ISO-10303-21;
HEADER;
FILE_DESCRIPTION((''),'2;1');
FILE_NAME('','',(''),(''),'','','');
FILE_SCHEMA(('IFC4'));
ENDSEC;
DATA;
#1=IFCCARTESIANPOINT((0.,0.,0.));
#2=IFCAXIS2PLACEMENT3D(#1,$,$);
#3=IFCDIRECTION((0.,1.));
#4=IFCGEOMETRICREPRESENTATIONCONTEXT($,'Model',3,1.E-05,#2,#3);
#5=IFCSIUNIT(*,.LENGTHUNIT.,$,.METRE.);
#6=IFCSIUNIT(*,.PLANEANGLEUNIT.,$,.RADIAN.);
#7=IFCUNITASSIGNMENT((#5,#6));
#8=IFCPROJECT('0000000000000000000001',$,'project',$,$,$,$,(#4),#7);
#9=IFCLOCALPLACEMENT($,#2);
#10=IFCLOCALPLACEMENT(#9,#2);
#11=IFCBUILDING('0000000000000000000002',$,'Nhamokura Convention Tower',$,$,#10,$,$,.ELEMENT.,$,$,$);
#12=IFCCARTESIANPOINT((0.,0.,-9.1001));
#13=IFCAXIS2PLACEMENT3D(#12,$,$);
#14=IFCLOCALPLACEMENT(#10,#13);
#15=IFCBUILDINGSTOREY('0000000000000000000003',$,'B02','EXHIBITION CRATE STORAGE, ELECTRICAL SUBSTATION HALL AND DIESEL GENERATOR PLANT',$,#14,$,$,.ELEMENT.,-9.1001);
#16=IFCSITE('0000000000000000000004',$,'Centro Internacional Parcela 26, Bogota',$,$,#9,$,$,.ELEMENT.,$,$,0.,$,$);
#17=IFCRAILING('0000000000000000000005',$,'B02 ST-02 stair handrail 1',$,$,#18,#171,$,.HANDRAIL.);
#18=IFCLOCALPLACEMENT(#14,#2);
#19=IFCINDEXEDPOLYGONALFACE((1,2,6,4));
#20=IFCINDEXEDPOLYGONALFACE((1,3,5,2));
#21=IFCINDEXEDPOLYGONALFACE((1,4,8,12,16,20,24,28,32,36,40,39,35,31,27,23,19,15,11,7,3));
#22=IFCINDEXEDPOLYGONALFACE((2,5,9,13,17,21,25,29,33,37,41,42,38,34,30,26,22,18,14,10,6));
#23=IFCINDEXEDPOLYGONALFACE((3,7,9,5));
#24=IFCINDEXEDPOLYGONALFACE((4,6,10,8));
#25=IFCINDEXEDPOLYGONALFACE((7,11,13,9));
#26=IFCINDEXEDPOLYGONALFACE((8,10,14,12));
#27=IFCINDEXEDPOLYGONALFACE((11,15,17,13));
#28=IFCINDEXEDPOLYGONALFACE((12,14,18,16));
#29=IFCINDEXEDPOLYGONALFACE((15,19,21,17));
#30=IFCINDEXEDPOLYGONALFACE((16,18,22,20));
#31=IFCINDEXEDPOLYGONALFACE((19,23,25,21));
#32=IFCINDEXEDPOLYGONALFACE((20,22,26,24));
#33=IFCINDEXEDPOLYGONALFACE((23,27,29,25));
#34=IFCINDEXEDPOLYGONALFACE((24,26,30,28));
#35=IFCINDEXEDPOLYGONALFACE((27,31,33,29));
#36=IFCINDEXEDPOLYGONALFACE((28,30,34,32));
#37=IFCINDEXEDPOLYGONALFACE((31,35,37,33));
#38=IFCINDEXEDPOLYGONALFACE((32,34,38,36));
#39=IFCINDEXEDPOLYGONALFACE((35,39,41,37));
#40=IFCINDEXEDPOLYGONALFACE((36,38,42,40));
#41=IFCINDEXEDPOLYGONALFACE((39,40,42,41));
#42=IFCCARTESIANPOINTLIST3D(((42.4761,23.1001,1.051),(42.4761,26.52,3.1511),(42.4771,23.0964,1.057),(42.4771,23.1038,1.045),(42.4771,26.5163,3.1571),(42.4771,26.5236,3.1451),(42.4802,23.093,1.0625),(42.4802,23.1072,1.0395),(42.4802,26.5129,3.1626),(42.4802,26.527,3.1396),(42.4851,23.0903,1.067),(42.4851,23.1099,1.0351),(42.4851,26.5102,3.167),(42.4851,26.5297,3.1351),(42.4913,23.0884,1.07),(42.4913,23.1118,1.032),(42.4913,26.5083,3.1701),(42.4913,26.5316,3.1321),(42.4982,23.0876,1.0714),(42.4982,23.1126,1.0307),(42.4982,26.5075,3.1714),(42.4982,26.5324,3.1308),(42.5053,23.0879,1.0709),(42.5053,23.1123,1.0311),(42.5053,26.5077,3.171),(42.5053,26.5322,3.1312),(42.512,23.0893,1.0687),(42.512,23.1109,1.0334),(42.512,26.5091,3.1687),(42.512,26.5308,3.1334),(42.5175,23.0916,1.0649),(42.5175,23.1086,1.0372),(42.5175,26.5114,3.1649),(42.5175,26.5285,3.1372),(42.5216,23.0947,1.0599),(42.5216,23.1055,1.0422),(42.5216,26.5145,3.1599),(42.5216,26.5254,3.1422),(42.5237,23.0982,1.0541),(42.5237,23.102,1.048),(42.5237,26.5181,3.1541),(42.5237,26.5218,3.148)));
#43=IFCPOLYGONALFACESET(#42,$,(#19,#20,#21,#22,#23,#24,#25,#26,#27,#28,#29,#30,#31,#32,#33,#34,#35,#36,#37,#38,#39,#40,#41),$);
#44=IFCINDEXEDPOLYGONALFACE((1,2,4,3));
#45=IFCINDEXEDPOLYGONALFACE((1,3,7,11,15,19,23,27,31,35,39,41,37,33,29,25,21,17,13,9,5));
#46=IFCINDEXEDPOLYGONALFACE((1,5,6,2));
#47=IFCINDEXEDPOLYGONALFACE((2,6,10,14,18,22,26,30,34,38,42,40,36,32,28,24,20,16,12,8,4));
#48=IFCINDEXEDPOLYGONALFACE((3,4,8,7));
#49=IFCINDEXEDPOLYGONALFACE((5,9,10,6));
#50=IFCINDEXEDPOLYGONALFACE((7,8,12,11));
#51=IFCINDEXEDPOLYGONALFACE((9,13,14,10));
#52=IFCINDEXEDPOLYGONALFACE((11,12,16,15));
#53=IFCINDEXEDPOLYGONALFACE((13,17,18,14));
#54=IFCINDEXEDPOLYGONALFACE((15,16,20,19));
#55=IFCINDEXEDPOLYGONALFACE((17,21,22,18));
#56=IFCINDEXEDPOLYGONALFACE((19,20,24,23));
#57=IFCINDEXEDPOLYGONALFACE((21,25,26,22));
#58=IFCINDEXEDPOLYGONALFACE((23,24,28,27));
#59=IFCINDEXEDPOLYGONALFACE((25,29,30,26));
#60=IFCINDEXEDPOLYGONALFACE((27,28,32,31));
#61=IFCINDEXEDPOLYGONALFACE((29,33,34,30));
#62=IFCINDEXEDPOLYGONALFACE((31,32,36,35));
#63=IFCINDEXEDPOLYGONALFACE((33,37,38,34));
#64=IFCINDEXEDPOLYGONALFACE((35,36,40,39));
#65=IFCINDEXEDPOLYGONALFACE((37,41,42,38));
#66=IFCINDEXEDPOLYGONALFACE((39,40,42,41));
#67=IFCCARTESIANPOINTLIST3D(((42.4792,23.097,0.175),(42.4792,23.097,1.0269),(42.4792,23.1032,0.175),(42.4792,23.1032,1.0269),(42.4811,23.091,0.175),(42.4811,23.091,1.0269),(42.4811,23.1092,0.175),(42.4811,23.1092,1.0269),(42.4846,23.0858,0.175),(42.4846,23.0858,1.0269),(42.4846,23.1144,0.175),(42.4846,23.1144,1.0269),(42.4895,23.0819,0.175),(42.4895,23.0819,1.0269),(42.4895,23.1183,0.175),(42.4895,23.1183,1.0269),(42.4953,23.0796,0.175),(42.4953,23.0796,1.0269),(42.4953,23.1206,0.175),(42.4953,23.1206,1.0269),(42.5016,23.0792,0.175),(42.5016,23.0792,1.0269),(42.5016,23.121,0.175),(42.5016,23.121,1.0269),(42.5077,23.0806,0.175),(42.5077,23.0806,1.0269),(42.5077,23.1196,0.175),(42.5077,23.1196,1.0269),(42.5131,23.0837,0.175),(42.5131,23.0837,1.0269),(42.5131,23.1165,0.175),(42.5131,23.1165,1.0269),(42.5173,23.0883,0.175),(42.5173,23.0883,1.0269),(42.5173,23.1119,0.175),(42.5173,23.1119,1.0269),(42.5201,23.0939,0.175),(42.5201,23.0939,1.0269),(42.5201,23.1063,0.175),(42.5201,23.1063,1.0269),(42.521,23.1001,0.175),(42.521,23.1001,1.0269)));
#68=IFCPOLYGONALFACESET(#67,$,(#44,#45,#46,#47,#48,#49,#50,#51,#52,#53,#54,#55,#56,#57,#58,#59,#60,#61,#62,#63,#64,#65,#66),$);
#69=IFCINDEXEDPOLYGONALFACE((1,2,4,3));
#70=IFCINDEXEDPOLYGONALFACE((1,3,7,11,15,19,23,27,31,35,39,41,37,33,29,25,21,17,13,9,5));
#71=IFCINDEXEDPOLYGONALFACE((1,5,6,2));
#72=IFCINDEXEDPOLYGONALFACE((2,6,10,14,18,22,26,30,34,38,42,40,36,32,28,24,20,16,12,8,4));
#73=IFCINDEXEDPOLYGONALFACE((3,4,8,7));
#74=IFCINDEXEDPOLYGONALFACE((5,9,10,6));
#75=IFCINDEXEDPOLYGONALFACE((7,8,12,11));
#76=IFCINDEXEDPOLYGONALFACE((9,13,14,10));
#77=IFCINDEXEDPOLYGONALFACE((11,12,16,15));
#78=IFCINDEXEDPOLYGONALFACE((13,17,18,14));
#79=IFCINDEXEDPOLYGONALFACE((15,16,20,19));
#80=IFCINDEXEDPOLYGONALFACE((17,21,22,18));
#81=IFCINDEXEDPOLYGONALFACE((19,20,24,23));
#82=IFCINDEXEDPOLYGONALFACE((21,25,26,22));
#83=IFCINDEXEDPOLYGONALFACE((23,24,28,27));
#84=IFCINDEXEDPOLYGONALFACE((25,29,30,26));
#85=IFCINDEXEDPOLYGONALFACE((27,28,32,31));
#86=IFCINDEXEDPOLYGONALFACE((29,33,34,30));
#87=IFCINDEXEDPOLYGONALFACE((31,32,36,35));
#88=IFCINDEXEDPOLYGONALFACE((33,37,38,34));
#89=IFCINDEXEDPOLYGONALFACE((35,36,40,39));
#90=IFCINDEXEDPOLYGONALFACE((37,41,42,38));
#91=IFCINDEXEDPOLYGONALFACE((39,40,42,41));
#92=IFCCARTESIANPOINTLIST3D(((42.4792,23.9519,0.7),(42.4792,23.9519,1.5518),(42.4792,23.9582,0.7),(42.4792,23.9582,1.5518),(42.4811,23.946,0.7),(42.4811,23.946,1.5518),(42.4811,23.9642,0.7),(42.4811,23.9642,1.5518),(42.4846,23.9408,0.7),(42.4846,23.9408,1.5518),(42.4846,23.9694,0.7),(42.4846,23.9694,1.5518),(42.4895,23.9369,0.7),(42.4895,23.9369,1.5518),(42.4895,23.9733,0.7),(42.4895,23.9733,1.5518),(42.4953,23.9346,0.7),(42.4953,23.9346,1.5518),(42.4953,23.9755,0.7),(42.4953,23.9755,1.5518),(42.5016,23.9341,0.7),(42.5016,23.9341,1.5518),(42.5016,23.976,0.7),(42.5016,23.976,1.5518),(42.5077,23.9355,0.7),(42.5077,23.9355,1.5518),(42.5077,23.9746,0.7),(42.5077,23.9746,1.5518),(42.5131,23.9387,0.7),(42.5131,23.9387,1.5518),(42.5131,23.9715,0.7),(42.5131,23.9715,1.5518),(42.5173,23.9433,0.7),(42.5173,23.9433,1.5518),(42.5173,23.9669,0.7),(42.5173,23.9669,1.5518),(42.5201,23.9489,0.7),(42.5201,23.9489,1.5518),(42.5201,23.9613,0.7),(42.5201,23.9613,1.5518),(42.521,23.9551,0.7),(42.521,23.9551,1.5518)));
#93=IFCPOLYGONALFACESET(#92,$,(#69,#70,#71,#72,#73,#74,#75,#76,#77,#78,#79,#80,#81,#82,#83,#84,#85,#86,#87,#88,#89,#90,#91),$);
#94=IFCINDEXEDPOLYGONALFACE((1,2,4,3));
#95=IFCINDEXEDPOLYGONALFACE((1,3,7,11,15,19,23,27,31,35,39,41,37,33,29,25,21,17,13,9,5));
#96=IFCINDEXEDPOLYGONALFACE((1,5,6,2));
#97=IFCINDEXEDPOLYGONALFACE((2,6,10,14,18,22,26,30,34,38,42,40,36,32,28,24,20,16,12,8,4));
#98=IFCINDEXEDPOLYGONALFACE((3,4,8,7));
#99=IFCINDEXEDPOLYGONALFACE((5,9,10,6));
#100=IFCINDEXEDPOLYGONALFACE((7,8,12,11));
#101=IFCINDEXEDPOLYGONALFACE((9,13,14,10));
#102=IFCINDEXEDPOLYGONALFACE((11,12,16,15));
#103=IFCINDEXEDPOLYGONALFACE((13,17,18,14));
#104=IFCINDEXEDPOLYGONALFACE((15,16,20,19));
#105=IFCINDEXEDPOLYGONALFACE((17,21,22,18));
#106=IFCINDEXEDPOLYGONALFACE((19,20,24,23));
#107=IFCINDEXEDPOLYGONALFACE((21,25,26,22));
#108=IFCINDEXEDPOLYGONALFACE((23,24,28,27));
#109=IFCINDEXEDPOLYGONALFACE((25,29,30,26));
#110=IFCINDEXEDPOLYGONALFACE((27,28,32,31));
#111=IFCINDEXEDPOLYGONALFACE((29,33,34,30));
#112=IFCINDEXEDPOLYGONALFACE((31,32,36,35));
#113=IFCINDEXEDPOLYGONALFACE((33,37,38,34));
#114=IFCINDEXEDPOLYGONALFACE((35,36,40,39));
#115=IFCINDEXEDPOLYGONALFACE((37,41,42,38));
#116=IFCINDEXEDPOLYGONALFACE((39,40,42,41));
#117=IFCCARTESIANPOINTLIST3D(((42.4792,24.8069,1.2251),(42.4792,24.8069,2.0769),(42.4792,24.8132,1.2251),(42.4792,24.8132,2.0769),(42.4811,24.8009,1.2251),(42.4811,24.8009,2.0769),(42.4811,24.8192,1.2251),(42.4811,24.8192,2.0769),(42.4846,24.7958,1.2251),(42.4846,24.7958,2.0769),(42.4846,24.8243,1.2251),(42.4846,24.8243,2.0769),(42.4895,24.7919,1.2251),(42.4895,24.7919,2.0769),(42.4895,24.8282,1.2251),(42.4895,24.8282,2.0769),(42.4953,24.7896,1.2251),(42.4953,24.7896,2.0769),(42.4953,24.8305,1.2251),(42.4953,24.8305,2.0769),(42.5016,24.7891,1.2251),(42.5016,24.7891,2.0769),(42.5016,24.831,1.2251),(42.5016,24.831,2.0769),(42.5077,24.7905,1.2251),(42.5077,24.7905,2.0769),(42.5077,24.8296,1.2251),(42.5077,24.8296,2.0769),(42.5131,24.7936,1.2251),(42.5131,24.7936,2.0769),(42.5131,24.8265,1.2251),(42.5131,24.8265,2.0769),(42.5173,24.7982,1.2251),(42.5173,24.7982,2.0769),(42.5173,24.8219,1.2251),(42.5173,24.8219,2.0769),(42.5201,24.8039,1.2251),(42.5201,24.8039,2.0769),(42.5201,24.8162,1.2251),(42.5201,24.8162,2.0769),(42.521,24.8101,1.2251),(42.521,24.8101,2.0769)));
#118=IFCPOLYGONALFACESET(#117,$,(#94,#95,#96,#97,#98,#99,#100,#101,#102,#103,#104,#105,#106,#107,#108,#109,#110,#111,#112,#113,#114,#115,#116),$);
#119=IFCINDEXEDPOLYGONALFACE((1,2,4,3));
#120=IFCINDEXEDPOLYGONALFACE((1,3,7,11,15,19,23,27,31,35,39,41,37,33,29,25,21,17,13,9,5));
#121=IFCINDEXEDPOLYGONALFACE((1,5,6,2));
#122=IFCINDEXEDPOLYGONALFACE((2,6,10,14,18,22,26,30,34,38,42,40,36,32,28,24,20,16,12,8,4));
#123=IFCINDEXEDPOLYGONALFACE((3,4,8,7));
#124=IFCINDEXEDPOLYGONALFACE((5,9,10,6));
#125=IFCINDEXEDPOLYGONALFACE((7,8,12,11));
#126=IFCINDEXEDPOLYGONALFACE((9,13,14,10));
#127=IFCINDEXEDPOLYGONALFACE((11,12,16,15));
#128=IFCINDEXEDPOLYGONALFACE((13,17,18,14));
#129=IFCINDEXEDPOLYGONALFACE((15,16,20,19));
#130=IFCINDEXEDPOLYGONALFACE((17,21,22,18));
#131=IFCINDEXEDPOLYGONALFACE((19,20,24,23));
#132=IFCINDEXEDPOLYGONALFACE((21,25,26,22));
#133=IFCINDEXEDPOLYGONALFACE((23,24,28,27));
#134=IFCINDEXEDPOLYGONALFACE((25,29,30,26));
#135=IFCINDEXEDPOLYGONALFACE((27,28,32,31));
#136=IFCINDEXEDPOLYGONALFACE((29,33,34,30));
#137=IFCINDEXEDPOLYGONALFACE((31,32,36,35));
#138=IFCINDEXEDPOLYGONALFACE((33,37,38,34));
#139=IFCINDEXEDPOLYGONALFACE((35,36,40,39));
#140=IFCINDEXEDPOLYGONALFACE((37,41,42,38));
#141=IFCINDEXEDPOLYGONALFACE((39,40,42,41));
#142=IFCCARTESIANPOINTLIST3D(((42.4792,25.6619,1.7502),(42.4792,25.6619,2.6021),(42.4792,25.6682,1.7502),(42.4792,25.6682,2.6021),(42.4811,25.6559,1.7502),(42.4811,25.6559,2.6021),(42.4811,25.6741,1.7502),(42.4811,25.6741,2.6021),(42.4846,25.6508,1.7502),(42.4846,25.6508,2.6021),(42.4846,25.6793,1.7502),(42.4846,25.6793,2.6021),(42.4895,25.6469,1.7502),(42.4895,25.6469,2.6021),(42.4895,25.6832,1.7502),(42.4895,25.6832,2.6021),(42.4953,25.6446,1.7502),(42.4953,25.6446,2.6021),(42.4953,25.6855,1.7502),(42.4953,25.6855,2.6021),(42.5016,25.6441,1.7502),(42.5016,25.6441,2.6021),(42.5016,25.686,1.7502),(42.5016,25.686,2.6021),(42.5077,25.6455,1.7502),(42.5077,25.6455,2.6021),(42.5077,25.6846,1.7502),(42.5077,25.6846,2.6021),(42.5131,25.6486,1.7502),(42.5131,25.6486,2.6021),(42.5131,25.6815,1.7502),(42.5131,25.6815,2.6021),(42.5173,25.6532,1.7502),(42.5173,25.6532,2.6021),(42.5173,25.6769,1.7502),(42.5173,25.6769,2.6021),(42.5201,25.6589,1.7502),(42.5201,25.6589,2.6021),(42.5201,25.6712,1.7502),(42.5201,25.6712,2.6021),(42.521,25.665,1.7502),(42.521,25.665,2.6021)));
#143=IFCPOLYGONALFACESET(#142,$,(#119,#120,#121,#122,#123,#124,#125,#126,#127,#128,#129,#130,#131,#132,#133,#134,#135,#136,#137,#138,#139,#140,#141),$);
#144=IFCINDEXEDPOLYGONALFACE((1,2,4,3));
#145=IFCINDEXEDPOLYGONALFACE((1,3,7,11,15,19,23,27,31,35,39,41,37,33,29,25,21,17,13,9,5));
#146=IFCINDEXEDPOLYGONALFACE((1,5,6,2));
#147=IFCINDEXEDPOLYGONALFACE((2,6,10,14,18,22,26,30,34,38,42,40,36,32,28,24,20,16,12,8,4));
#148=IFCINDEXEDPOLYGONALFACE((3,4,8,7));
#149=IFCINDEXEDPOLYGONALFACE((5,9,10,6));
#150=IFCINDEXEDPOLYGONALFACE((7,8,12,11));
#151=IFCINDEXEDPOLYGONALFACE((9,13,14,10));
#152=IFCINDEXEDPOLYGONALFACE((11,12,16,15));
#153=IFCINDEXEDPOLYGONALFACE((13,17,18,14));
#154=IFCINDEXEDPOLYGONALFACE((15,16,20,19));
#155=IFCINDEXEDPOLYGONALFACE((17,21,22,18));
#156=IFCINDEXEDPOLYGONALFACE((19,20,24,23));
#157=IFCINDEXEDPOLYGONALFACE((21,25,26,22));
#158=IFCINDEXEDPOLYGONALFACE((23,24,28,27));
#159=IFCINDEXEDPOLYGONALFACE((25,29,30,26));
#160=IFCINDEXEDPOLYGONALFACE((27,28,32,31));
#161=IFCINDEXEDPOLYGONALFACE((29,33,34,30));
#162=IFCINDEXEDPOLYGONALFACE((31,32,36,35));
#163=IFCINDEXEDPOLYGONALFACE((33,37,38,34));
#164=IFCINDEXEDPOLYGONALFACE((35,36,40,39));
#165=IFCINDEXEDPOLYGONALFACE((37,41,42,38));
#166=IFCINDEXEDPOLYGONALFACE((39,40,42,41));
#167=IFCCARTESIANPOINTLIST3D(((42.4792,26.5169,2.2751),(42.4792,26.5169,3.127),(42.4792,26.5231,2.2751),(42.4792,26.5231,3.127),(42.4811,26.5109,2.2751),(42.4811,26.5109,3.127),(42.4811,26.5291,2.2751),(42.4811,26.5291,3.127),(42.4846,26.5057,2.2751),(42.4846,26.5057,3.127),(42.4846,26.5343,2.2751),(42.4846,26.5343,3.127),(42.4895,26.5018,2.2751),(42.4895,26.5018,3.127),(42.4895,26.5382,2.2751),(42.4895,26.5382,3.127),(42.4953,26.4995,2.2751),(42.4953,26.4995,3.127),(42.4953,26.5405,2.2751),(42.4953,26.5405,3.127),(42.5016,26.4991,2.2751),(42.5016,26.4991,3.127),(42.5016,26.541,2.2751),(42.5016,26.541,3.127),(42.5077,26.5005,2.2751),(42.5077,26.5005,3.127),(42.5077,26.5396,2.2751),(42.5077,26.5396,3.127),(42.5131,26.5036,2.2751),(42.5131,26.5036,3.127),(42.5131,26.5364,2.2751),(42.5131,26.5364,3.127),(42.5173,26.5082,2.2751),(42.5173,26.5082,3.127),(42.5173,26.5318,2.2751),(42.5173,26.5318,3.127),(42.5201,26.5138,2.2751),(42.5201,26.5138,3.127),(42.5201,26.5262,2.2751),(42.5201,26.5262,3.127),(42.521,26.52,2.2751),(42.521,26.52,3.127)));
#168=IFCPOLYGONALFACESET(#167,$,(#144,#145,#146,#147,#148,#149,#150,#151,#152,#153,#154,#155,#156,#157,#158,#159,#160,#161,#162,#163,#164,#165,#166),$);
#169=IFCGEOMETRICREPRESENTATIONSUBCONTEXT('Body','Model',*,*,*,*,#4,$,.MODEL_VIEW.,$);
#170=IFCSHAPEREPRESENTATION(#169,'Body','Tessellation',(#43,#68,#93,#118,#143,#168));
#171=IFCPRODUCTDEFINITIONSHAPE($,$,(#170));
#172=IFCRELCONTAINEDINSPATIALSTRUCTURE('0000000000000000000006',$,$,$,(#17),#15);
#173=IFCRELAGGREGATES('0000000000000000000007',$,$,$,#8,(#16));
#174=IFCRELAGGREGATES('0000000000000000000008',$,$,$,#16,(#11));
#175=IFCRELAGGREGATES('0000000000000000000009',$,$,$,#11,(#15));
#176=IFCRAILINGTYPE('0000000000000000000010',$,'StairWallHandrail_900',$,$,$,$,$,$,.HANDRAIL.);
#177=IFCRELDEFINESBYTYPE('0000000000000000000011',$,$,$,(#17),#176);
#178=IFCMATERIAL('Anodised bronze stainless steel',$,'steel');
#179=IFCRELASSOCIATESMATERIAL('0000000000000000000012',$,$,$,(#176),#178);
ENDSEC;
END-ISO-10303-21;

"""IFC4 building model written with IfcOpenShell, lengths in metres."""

from ifc_helpers import new_model, si_unit, direction, frame, origin, origin_2d, place, context, subcontext, project, spatial, circle, extrude, material, type_object, element, save


model = new_model("IFC4")

# Units and contexts
model_context = context("Model", 3, precision=1e-05, world=origin(), true_north=direction((0.0, 1.0)))
body_context = subcontext(model_context, "Body", "Model", "MODEL_VIEW")
ifc_project = project(units=[si_unit("LENGTHUNIT", "METRE"), si_unit("PLANEANGLEUNIT", "RADIAN")], contexts=[model_context])

# Site, building, storey
site_placement = place(None, origin())
site = spatial("IfcSite", under=ifc_project, at=site_placement, Name="Centro Internacional Parcela 26, Bogota", CompositionType="ELEMENT", RefElevation=0.0)
building_placement = place(site_placement, origin())
building = spatial("IfcBuilding", under=site, at=building_placement, Name="Nhamokura Convention Tower", CompositionType="ELEMENT")
storey_placement = place(building_placement, frame((0.0, 0.0, -9.1001)))
storey = spatial("IfcBuildingStorey", under=building, at=storey_placement, Name="B02", Description="EXHIBITION CRATE STORAGE, ELECTRICAL SUBSTATION HALL AND DIESEL GENERATOR PLANT", CompositionType="ELEMENT", Elevation=-9.1001)

# Railing
ifc_material_1 = material(Name="Anodised bronze stainless steel", Category="steel")
railing_type = type_object("IfcRailingType", Name="StairWallHandrail_900", PredefinedType="HANDRAIL", material=ifc_material_1)
railing_placement = place(storey_placement, frame((42.5, 23.1001, 0.175)))
element("IfcRailing", 1, at=railing_placement, inside=storey, type_object=railing_type, Name="B02 ST-02 stair handrail 1", PredefinedType="HANDRAIL", context=body_context, shape_type="SweptSolid", body=[
    extrude(circle(Radius=0.0239, at=origin_2d()), frame((0.0, 0.0, 0.876), z_axis=(0.0, 0.852155, 0.523289), x_axis=(-1.0, 0.0, 0.0)), (0.0, 0.0, 1.0), 4.0132),
    extrude(circle(Radius=0.021, at=origin_2d()), origin(), (0.0, 0.0, 1.0), 0.8518),
    extrude(circle(Radius=0.021, at=origin_2d()), frame((0.0, 0.855, 0.5249)), (0.0, 0.0, 1.0), 0.8518),
    extrude(circle(Radius=0.021, at=origin_2d()), frame((0.0, 1.71, 1.05)), (0.0, 0.0, 1.0), 0.8518),
    extrude(circle(Radius=0.021, at=origin_2d()), frame((0.0, 2.5649, 1.5752)), (0.0, 0.0, 1.0), 0.8518),
    extrude(circle(Radius=0.021, at=origin_2d()), frame((0.0, 3.4199, 2.1001)), (0.0, 0.0, 1.0), 0.8518),
])

save(model, "model.ifc")
